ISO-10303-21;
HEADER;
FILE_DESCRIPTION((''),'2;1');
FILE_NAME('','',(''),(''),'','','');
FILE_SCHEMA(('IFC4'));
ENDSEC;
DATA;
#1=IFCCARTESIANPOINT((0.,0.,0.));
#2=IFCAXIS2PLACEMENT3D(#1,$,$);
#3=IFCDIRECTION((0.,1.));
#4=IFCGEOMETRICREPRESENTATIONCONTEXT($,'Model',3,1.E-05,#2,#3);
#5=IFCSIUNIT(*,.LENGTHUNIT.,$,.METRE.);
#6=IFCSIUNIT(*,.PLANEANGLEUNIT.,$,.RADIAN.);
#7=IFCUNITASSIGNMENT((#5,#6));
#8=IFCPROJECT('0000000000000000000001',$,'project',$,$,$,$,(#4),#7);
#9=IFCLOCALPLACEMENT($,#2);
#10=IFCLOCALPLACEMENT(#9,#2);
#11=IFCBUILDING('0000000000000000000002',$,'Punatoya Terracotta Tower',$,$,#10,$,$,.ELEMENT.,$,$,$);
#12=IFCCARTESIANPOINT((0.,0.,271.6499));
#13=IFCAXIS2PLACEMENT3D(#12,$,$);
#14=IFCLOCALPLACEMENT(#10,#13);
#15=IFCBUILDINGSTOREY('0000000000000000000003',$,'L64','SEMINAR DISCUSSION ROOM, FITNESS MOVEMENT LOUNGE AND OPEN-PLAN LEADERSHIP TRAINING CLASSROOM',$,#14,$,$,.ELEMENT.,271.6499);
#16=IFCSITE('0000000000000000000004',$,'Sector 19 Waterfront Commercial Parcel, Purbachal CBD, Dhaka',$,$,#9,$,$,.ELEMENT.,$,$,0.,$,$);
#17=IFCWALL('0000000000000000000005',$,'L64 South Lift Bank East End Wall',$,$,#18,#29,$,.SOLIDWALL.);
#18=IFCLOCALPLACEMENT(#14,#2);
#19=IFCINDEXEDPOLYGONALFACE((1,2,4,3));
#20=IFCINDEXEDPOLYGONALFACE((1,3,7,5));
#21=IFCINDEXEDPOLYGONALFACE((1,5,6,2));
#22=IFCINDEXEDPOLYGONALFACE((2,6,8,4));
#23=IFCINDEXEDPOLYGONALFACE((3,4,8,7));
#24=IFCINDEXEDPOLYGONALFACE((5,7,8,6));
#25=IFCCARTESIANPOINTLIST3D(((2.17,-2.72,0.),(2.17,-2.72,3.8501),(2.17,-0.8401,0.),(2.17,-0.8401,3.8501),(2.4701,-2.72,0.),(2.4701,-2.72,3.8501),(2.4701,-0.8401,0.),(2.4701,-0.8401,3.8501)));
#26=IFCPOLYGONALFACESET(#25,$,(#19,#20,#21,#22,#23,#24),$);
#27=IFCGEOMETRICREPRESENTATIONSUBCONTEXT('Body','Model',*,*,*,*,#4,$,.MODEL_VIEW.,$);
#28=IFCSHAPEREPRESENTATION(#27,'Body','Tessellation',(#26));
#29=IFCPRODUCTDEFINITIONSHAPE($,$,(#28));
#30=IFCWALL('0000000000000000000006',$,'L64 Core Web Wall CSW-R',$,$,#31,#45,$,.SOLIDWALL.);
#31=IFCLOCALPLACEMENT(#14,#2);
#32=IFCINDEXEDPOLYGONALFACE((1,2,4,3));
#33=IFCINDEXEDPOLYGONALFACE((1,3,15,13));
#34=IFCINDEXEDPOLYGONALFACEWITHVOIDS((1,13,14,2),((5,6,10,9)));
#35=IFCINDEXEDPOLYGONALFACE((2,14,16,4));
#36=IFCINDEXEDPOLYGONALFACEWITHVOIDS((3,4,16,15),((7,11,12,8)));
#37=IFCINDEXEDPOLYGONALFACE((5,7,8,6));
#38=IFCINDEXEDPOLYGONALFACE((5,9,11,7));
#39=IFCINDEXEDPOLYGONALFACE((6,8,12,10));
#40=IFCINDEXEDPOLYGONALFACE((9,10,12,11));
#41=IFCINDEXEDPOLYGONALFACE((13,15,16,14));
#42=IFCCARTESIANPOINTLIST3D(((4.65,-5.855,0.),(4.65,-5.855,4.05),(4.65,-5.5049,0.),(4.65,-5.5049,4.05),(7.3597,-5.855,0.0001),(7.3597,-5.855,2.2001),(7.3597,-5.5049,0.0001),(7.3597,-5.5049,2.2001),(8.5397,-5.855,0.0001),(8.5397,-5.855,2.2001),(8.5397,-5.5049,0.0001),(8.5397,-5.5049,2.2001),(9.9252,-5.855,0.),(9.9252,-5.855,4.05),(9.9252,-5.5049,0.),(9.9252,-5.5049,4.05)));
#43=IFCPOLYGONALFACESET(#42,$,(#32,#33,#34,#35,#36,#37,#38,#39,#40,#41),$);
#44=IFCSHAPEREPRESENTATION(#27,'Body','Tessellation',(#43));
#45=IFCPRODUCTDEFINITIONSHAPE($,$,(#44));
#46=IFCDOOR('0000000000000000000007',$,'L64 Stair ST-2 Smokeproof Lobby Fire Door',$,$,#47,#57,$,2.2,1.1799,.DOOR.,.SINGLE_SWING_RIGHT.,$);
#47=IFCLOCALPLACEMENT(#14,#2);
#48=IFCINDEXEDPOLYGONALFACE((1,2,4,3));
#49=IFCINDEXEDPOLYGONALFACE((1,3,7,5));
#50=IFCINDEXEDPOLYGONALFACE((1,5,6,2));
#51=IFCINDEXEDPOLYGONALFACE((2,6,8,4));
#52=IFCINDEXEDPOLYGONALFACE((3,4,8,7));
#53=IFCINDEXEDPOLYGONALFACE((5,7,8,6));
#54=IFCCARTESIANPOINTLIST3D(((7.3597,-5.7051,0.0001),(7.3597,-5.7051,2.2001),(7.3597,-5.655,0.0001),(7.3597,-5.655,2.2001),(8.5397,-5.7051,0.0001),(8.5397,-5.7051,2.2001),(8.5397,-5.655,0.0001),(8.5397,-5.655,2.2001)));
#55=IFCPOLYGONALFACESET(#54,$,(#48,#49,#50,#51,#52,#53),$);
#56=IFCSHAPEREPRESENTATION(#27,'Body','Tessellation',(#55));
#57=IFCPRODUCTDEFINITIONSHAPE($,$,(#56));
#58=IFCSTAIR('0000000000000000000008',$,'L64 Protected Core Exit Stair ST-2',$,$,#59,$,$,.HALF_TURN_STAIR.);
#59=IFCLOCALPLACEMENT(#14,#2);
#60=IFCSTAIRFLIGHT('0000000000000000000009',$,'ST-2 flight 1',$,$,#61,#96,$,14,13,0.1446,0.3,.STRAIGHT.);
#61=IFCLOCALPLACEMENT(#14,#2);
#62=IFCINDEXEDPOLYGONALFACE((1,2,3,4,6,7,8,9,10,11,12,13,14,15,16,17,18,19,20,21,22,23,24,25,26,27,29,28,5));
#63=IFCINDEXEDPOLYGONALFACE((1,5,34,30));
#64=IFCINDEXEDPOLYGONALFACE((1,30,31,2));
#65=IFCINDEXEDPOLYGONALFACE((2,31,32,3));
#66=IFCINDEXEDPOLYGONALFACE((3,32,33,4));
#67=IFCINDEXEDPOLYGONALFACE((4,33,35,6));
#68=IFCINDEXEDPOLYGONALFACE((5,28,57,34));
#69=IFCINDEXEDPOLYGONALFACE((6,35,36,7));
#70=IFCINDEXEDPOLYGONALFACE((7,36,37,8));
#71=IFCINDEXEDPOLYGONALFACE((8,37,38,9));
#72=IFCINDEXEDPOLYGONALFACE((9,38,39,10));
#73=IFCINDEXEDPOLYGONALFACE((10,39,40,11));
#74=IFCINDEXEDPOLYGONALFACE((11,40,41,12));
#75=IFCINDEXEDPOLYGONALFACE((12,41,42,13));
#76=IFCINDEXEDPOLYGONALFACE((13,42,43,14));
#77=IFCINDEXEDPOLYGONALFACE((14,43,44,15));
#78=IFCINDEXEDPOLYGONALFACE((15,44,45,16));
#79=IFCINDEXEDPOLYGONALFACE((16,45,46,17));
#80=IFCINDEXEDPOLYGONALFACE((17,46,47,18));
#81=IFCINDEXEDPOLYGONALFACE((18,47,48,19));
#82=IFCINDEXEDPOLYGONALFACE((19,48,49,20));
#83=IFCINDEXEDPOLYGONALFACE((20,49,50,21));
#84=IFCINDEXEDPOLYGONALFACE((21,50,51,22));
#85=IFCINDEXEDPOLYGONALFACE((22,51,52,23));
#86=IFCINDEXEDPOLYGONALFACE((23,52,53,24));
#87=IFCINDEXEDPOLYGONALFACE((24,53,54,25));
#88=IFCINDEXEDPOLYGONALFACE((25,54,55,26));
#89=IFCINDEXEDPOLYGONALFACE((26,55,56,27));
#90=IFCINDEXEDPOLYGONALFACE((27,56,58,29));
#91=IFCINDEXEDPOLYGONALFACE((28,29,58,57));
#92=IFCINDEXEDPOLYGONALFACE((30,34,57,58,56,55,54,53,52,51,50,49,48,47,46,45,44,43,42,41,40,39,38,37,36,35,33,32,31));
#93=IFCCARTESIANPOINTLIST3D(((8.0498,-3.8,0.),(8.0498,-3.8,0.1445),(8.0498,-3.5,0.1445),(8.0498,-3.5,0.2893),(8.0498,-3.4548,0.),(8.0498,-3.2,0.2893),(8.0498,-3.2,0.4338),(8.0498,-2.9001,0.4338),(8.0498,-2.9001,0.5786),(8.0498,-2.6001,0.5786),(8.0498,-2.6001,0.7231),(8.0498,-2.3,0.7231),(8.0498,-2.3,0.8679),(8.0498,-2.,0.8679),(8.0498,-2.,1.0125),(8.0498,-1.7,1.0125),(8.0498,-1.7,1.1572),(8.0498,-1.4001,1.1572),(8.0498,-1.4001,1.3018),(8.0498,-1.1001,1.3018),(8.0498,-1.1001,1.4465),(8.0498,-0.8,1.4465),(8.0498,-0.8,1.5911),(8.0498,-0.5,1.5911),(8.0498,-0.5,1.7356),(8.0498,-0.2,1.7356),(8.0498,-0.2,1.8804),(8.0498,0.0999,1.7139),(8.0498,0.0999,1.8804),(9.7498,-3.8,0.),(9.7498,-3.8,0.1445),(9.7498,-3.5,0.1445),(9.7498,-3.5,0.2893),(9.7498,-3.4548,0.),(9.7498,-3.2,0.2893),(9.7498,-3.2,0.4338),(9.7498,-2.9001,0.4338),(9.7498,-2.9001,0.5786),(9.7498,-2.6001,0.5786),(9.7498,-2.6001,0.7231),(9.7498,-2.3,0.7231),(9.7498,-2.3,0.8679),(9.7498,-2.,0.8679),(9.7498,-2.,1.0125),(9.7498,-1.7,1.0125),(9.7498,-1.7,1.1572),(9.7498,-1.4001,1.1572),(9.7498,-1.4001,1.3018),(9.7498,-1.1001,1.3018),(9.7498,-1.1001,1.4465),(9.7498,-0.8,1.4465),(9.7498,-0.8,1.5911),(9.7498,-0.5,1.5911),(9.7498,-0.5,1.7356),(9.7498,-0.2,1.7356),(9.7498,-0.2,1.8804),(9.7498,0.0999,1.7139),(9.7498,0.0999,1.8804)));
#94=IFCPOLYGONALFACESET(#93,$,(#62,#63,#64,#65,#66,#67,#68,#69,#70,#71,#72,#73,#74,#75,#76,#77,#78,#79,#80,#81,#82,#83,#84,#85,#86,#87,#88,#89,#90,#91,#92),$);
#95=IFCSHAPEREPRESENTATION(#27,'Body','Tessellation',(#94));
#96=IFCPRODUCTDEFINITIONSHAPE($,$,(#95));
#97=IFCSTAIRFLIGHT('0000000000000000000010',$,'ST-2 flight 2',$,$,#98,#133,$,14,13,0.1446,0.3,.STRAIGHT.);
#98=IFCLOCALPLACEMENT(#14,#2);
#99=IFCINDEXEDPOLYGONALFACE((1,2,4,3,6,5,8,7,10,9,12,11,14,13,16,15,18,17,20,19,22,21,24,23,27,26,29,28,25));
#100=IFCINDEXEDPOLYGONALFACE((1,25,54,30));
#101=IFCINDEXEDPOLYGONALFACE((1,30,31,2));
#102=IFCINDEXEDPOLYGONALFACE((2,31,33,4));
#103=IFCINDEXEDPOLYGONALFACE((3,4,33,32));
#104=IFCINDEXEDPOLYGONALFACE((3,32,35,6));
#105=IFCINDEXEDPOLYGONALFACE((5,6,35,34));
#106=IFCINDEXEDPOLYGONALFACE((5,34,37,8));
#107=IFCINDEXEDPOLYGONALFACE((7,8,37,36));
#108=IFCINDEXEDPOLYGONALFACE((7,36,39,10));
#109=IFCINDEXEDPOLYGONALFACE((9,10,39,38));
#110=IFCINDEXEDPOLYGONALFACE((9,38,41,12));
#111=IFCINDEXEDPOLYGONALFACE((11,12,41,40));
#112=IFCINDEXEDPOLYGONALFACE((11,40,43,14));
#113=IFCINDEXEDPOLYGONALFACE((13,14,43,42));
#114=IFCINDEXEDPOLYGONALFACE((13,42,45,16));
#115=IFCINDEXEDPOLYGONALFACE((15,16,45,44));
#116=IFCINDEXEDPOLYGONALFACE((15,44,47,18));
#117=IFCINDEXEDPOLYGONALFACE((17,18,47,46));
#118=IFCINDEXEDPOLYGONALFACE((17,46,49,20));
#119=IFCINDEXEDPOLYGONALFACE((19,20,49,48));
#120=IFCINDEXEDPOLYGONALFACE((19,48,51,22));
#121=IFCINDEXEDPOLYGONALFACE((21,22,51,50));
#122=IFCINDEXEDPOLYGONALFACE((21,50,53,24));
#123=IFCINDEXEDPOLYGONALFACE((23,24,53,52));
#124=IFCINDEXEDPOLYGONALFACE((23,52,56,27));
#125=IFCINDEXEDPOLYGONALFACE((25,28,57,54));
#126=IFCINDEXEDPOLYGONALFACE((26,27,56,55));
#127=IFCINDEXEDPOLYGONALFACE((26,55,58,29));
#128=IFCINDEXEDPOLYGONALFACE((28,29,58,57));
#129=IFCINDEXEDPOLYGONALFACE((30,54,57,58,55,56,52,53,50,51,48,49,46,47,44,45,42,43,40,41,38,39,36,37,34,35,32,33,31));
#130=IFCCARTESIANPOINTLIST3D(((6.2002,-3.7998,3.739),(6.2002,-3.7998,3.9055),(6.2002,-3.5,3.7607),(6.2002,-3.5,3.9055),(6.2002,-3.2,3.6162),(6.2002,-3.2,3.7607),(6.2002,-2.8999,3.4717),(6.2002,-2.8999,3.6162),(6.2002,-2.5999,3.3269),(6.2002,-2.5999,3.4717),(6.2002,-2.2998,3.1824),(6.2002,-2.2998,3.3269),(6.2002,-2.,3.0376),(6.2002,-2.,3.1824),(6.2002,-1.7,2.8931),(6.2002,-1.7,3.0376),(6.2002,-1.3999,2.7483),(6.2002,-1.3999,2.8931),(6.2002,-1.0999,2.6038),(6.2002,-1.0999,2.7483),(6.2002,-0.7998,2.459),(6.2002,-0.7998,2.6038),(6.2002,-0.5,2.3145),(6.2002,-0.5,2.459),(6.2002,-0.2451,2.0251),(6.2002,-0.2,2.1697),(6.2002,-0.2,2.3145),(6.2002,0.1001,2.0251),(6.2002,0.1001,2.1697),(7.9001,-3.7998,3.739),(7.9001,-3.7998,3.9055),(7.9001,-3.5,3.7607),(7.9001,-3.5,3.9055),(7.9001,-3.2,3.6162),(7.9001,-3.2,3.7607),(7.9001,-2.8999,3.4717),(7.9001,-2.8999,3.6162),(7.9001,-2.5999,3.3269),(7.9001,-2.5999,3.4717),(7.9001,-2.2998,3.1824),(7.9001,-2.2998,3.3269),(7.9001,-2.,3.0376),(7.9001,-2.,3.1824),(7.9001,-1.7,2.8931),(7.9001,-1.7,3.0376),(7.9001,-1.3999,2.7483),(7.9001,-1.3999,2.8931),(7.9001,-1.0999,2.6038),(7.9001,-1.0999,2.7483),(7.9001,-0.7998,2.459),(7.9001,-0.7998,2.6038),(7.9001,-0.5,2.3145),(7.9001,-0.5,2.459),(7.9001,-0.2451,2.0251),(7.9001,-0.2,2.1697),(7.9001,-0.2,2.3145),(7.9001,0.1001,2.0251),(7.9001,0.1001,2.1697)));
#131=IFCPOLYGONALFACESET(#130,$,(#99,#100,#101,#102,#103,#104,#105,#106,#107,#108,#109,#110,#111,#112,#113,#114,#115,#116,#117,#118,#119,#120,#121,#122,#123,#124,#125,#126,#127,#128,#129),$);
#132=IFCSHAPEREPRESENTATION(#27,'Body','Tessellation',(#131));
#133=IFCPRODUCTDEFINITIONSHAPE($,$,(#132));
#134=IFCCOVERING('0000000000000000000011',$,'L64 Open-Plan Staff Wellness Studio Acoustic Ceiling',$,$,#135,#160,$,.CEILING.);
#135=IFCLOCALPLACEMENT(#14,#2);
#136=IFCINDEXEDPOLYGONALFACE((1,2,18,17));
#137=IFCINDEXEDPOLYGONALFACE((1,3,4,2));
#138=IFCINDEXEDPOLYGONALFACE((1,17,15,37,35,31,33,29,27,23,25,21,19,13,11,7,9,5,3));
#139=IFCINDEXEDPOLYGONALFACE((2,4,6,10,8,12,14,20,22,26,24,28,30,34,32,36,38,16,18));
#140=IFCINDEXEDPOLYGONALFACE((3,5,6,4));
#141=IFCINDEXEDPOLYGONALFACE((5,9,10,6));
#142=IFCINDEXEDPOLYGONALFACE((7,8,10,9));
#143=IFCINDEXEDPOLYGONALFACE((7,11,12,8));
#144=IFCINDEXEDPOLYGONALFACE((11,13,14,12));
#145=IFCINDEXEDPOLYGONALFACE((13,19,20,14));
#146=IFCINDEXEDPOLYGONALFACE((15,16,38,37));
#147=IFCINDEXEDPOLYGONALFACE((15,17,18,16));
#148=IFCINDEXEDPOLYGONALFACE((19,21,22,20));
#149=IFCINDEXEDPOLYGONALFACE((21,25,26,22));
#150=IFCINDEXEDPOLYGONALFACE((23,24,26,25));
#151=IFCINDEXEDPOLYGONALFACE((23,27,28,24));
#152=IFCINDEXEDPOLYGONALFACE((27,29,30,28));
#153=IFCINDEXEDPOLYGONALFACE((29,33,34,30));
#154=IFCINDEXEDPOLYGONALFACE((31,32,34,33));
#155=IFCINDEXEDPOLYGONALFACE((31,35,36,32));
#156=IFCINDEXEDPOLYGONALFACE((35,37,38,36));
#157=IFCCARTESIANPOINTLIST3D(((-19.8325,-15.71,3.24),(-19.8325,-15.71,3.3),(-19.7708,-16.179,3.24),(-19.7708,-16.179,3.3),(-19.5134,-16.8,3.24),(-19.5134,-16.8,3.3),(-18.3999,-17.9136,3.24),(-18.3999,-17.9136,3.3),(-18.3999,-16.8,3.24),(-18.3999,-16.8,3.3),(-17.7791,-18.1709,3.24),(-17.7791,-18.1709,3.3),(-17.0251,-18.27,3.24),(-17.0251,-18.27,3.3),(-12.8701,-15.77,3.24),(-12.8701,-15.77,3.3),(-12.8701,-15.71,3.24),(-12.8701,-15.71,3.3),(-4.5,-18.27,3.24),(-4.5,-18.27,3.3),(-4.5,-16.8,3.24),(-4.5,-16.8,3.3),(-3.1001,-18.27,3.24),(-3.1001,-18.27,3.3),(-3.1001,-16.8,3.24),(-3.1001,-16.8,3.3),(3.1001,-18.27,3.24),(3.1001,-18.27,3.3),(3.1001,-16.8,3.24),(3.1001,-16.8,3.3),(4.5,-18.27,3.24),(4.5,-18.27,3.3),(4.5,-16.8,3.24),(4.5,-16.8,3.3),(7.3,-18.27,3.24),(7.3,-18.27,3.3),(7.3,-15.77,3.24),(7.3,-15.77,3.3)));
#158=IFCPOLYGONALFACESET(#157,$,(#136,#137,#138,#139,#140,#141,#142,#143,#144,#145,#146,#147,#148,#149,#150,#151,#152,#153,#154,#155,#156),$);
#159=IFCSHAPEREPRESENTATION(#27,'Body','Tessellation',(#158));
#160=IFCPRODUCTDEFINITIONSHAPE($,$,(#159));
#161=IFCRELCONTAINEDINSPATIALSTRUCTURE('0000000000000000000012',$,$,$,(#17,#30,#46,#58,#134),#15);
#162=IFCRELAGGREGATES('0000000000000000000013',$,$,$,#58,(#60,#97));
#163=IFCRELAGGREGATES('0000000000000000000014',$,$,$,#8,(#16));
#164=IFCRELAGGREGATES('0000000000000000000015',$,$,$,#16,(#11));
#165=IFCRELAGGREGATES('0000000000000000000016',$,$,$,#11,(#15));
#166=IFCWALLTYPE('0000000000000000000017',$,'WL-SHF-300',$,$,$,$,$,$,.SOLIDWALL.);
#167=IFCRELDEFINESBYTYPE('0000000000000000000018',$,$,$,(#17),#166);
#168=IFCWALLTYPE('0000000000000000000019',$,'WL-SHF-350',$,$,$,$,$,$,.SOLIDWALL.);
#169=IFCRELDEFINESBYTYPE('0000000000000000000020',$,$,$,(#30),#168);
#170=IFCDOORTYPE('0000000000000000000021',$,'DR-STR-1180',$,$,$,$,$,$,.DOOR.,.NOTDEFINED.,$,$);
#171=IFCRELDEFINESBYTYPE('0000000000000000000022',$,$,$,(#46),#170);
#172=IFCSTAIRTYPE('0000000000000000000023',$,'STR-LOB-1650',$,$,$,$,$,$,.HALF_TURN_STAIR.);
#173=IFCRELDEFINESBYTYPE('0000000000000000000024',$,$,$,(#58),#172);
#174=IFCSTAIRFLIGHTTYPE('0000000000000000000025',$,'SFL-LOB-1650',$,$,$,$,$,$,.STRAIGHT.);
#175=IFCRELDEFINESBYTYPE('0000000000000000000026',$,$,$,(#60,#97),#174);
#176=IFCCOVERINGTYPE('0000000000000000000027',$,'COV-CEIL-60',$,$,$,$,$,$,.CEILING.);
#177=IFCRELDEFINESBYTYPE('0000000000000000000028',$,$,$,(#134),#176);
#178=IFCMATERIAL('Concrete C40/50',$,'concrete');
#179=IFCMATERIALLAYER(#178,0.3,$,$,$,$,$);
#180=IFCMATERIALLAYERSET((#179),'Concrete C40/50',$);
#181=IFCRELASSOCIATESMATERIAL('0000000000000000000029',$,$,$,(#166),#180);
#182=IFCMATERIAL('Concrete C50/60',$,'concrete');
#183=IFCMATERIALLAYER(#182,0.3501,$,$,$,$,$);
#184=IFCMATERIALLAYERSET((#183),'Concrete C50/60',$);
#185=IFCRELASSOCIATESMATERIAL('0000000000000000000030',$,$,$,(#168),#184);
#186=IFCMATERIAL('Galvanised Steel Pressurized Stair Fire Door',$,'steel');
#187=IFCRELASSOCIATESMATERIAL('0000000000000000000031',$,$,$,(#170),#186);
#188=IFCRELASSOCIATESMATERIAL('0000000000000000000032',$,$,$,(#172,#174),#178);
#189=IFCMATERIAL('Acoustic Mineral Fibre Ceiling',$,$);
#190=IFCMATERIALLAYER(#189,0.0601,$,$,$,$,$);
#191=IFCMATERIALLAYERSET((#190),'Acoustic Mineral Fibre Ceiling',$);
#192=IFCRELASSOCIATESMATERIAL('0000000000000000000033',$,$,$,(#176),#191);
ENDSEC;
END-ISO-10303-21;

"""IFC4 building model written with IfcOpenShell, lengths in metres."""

from ifc_helpers import new_model, si_unit, direction, frame, frame_2d, origin, place, context, subcontext, project, spatial, polyline, rectangle, outline, extrude, material, layer, layer_set, type_object, element, fill, aggregate, save


model = new_model("IFC4")

# Units and contexts
model_context = context("Model", 3, precision=1e-05, world=origin(), true_north=direction((0.0, 1.0)))
body_context = subcontext(model_context, "Body", "Model", "MODEL_VIEW")
ifc_project = project(units=[si_unit("LENGTHUNIT", "METRE"), si_unit("PLANEANGLEUNIT", "RADIAN")], contexts=[model_context])

# Site, building, storey
site_placement = place(None, origin())
site = spatial("IfcSite", under=ifc_project, at=site_placement, Name="Sector 19 Waterfront Commercial Parcel, Purbachal CBD, Dhaka", CompositionType="ELEMENT", RefElevation=0.0)
building_placement = place(site_placement, origin())
building = spatial("IfcBuilding", under=site, at=building_placement, Name="Punatoya Terracotta Tower", CompositionType="ELEMENT")
storey_placement = place(building_placement, frame((0.0, 0.0, 271.6499)))
storey = spatial("IfcBuildingStorey", under=building, at=storey_placement, Name="L64", Description="SEMINAR DISCUSSION ROOM, FITNESS MOVEMENT LOUNGE AND OPEN-PLAN LEADERSHIP TRAINING CLASSROOM", CompositionType="ELEMENT", Elevation=271.6499)

# Shared definitions
ifc_material_1 = material(Name="Concrete C40/50", Category="concrete")

# Wall
ifc_layer_1 = layer(ifc_material_1, 0.3)
ifc_layer_set_1 = layer_set([ifc_layer_1], Name="Concrete C40/50")
wall_type_1 = type_object("IfcWallType", Name="WL-SHF-300", PredefinedType="SOLIDWALL", material=ifc_layer_set_1)
wall_1_placement = place(storey_placement, frame((2.3201, -2.72, 0.0), z_axis=(0.0, 0.0, 1.0), x_axis=(0.0, 1.0, 0.0)))
element("IfcWall", 1, at=wall_1_placement, inside=storey, type_object=wall_type_1, Name="L64 South Lift Bank East End Wall", PredefinedType="SOLIDWALL", context=body_context, shape_type="SweptSolid", body=[
    extrude(rectangle(XDim=1.8799, YDim=0.3, at=frame_2d((0.9399, 0.0))), origin(), (0.0, 0.0, 1.0), 3.8501),
])

# Wall, opening, door
ifc_material_2 = material(Name="Concrete C50/60", Category="concrete")
ifc_layer_2 = layer(ifc_material_2, 0.3501)
ifc_layer_set_2 = layer_set([ifc_layer_2], Name="Concrete C50/60")
wall_type_2 = type_object("IfcWallType", Name="WL-SHF-350", PredefinedType="SOLIDWALL", material=ifc_layer_set_2)
wall_2_placement = place(storey_placement, frame((4.6499, -5.6799, 0.0), z_axis=(0.0, 0.0, 1.0), x_axis=(1.0, 0.0, 0.0)))
wall_2 = element("IfcWall", 2, at=wall_2_placement, inside=storey, type_object=wall_type_2, Name="L64 Core Web Wall CSW-R", PredefinedType="SOLIDWALL", context=body_context, shape_type="SweptSolid", body=[
    extrude(rectangle(XDim=5.2751, YDim=0.3501, at=frame_2d((2.6377, 0.0))), origin(), (0.0, 0.0, 1.0), 4.05),
])
opening_1_placement = place(wall_2_placement, frame((2.71, 0.0, 0.0)))
opening_1 = element("IfcOpeningElement", 3, at=opening_1_placement, cuts=wall_2, PredefinedType="OPENING", context=body_context, shape_type="SweptSolid", body=[
    extrude(rectangle(XDim=1.1799, YDim=2.2, at=frame_2d((0.5898, 1.1001))), frame((0.0, 0.1851, 0.0), z_axis=(0.0, -1.0, 0.0), x_axis=(1.0, 0.0, 0.0)), (0.0, 0.0, 1.0), 0.3701),
])
ifc_material_3 = material(Name="Galvanised Steel Pressurized Stair Fire Door", Category="steel")
door_type_1 = type_object("IfcDoorType", Name="DR-STR-1180", OperationType="NOTDEFINED", PredefinedType="DOOR", material=ifc_material_3)
door_1_placement = place(opening_1_placement, origin())
door_1 = element("IfcDoor", 4, at=door_1_placement, inside=storey, type_object=door_type_1, Name="L64 Stair ST-2 Smokeproof Lobby Fire Door", OperationType="SINGLE_SWING_RIGHT", OverallHeight=2.2, OverallWidth=1.1799, PredefinedType="DOOR", context=body_context, shape_type="SweptSolid", body=[
    extrude(rectangle(XDim=1.1799, YDim=2.2, at=frame_2d((0.5898, 1.1001))), frame((0.0, 0.0249, 0.0), z_axis=(0.0, -1.0, 0.0), x_axis=(1.0, 0.0, 0.0)), (0.0, 0.0, 1.0), 0.05),
])
fill(opening_1, door_1)

# Stair, stair flights
stair_type = type_object("IfcStairType", Name="STR-LOB-1650", PredefinedType="HALF_TURN_STAIR", material=ifc_material_1)
stair_placement = place(storey_placement, origin())
stair = element("IfcStair", 5, at=stair_placement, inside=storey, type_object=stair_type, Name="L64 Protected Core Exit Stair ST-2", PredefinedType="HALF_TURN_STAIR")
stair_flight_type = type_object("IfcStairFlightType", Name="SFL-LOB-1650", PredefinedType="STRAIGHT", material=ifc_material_1)
stair_flight_1_placement = place(storey_placement, frame((8.8999, -3.8, 0.0), z_axis=(0.0, 0.0, 1.0), x_axis=(0.0, 1.0, 0.0)))
stair_flight_1 = element("IfcStairFlight", 6, at=stair_flight_1_placement, type_object=stair_flight_type, Name="ST-2 flight 1", NumberOfRisers=14, NumberOfTreads=13, PredefinedType="STRAIGHT", RiserHeight=0.1446, TreadLength=0.3, context=body_context, shape_type="SweptSolid", body=[
    extrude(outline(polyline([(0.0, 0.0), (0.0, 0.1445), (0.3, 0.1445), (0.3, 0.2893), (0.6001, 0.2893), (0.6001, 0.4338), (0.8999, 0.4338), (0.8999, 0.5786), (1.2, 0.5786), (1.2, 0.7231), (1.5, 0.7231), (1.5, 0.8679), (1.8, 0.8679), (1.8, 1.0125), (2.1001, 1.0125), (2.1001, 1.1572), (2.3999, 1.1572), (2.3999, 1.3018), (2.7, 1.3018), (2.7, 1.4465), (3.0, 1.4465), (3.0, 1.5911), (3.3, 1.5911), (3.3, 1.7356), (3.6001, 1.7356), (3.6001, 1.8804), (3.8999, 1.8804), (3.8999, 2.0249), (3.8999, 1.7139), (0.3452, 0.0), (0.0, 0.0)])), frame((0.0, 0.8501, 0.0), z_axis=(0.0, -1.0, 0.0), x_axis=(1.0, 0.0, 0.0)), (0.0, 0.0, 1.0), 1.7),
])
stair_flight_2_placement = place(storey_placement, frame((7.05, 0.1001, 2.0251), z_axis=(0.0, 0.0, 1.0), x_axis=(0.0, -1.0, 0.0)))
stair_flight_2 = element("IfcStairFlight", 7, at=stair_flight_2_placement, type_object=stair_flight_type, Name="ST-2 flight 2", NumberOfRisers=14, NumberOfTreads=13, PredefinedType="STRAIGHT", RiserHeight=0.1446, TreadLength=0.3, context=body_context, shape_type="SweptSolid", body=[
    extrude(outline(polyline([(0.0, 0.0), (0.0, 0.1445), (0.3, 0.1445), (0.3, 0.2893), (0.6001, 0.2893), (0.6001, 0.4338), (0.8999, 0.4338), (0.8999, 0.5786), (1.2, 0.5786), (1.2, 0.7231), (1.5, 0.7231), (1.5, 0.8679), (1.8, 0.8679), (1.8, 1.0125), (2.1001, 1.0125), (2.1001, 1.1572), (2.3999, 1.1572), (2.3999, 1.3018), (2.7, 1.3018), (2.7, 1.4465), (3.0, 1.4465), (3.0, 1.5911), (3.3, 1.5911), (3.3, 1.7356), (3.6001, 1.7356), (3.6001, 1.8804), (3.8999, 1.8804), (3.8999, 2.0249), (3.8999, 1.7139), (0.3452, 0.0), (0.0, 0.0)])), frame((0.0, 0.8501, 0.0), z_axis=(0.0, -1.0, 0.0), x_axis=(1.0, 0.0, 0.0)), (0.0, 0.0, 1.0), 1.7),
])
aggregate(stair, [stair_flight_1, stair_flight_2])

# Covering
ifc_material_4 = material(Name="Acoustic Mineral Fibre Ceiling")
ifc_layer_3 = layer(ifc_material_4, 0.0601)
ifc_layer_set_3 = layer_set([ifc_layer_3], Name="Acoustic Mineral Fibre Ceiling")
covering_type = type_object("IfcCoveringType", Name="COV-CEIL-60", PredefinedType="CEILING", material=ifc_layer_set_3)
covering_1_placement = place(storey_placement, frame((0.0, 0.0, 3.24)))
element("IfcCovering", 8, at=covering_1_placement, inside=storey, type_object=covering_type, Name="L64 Open-Plan Staff Wellness Studio Acoustic Ceiling", PredefinedType="CEILING", context=body_context, shape_type="SweptSolid", body=[
    extrude(outline(polyline([(-18.3999, -17.9136), (-17.7791, -18.1709), (-17.0251, -18.27), (-4.5, -18.27), (-4.5, -16.8), (-3.1001, -16.8), (-3.1001, -18.27), (3.1001, -18.27), (3.1001, -16.8), (4.5, -16.8), (4.5, -18.27), (7.3, -18.27), (7.3, -15.77), (-12.8701, -15.77), (-12.8701, -15.71), (-19.8325, -15.71), (-19.7708, -16.179), (-19.5134, -16.8), (-18.3999, -16.8), (-18.3999, -17.9136)])), origin(), (0.0, 0.0, 1.0), 0.0601),
])

save(model, "model.ifc")
